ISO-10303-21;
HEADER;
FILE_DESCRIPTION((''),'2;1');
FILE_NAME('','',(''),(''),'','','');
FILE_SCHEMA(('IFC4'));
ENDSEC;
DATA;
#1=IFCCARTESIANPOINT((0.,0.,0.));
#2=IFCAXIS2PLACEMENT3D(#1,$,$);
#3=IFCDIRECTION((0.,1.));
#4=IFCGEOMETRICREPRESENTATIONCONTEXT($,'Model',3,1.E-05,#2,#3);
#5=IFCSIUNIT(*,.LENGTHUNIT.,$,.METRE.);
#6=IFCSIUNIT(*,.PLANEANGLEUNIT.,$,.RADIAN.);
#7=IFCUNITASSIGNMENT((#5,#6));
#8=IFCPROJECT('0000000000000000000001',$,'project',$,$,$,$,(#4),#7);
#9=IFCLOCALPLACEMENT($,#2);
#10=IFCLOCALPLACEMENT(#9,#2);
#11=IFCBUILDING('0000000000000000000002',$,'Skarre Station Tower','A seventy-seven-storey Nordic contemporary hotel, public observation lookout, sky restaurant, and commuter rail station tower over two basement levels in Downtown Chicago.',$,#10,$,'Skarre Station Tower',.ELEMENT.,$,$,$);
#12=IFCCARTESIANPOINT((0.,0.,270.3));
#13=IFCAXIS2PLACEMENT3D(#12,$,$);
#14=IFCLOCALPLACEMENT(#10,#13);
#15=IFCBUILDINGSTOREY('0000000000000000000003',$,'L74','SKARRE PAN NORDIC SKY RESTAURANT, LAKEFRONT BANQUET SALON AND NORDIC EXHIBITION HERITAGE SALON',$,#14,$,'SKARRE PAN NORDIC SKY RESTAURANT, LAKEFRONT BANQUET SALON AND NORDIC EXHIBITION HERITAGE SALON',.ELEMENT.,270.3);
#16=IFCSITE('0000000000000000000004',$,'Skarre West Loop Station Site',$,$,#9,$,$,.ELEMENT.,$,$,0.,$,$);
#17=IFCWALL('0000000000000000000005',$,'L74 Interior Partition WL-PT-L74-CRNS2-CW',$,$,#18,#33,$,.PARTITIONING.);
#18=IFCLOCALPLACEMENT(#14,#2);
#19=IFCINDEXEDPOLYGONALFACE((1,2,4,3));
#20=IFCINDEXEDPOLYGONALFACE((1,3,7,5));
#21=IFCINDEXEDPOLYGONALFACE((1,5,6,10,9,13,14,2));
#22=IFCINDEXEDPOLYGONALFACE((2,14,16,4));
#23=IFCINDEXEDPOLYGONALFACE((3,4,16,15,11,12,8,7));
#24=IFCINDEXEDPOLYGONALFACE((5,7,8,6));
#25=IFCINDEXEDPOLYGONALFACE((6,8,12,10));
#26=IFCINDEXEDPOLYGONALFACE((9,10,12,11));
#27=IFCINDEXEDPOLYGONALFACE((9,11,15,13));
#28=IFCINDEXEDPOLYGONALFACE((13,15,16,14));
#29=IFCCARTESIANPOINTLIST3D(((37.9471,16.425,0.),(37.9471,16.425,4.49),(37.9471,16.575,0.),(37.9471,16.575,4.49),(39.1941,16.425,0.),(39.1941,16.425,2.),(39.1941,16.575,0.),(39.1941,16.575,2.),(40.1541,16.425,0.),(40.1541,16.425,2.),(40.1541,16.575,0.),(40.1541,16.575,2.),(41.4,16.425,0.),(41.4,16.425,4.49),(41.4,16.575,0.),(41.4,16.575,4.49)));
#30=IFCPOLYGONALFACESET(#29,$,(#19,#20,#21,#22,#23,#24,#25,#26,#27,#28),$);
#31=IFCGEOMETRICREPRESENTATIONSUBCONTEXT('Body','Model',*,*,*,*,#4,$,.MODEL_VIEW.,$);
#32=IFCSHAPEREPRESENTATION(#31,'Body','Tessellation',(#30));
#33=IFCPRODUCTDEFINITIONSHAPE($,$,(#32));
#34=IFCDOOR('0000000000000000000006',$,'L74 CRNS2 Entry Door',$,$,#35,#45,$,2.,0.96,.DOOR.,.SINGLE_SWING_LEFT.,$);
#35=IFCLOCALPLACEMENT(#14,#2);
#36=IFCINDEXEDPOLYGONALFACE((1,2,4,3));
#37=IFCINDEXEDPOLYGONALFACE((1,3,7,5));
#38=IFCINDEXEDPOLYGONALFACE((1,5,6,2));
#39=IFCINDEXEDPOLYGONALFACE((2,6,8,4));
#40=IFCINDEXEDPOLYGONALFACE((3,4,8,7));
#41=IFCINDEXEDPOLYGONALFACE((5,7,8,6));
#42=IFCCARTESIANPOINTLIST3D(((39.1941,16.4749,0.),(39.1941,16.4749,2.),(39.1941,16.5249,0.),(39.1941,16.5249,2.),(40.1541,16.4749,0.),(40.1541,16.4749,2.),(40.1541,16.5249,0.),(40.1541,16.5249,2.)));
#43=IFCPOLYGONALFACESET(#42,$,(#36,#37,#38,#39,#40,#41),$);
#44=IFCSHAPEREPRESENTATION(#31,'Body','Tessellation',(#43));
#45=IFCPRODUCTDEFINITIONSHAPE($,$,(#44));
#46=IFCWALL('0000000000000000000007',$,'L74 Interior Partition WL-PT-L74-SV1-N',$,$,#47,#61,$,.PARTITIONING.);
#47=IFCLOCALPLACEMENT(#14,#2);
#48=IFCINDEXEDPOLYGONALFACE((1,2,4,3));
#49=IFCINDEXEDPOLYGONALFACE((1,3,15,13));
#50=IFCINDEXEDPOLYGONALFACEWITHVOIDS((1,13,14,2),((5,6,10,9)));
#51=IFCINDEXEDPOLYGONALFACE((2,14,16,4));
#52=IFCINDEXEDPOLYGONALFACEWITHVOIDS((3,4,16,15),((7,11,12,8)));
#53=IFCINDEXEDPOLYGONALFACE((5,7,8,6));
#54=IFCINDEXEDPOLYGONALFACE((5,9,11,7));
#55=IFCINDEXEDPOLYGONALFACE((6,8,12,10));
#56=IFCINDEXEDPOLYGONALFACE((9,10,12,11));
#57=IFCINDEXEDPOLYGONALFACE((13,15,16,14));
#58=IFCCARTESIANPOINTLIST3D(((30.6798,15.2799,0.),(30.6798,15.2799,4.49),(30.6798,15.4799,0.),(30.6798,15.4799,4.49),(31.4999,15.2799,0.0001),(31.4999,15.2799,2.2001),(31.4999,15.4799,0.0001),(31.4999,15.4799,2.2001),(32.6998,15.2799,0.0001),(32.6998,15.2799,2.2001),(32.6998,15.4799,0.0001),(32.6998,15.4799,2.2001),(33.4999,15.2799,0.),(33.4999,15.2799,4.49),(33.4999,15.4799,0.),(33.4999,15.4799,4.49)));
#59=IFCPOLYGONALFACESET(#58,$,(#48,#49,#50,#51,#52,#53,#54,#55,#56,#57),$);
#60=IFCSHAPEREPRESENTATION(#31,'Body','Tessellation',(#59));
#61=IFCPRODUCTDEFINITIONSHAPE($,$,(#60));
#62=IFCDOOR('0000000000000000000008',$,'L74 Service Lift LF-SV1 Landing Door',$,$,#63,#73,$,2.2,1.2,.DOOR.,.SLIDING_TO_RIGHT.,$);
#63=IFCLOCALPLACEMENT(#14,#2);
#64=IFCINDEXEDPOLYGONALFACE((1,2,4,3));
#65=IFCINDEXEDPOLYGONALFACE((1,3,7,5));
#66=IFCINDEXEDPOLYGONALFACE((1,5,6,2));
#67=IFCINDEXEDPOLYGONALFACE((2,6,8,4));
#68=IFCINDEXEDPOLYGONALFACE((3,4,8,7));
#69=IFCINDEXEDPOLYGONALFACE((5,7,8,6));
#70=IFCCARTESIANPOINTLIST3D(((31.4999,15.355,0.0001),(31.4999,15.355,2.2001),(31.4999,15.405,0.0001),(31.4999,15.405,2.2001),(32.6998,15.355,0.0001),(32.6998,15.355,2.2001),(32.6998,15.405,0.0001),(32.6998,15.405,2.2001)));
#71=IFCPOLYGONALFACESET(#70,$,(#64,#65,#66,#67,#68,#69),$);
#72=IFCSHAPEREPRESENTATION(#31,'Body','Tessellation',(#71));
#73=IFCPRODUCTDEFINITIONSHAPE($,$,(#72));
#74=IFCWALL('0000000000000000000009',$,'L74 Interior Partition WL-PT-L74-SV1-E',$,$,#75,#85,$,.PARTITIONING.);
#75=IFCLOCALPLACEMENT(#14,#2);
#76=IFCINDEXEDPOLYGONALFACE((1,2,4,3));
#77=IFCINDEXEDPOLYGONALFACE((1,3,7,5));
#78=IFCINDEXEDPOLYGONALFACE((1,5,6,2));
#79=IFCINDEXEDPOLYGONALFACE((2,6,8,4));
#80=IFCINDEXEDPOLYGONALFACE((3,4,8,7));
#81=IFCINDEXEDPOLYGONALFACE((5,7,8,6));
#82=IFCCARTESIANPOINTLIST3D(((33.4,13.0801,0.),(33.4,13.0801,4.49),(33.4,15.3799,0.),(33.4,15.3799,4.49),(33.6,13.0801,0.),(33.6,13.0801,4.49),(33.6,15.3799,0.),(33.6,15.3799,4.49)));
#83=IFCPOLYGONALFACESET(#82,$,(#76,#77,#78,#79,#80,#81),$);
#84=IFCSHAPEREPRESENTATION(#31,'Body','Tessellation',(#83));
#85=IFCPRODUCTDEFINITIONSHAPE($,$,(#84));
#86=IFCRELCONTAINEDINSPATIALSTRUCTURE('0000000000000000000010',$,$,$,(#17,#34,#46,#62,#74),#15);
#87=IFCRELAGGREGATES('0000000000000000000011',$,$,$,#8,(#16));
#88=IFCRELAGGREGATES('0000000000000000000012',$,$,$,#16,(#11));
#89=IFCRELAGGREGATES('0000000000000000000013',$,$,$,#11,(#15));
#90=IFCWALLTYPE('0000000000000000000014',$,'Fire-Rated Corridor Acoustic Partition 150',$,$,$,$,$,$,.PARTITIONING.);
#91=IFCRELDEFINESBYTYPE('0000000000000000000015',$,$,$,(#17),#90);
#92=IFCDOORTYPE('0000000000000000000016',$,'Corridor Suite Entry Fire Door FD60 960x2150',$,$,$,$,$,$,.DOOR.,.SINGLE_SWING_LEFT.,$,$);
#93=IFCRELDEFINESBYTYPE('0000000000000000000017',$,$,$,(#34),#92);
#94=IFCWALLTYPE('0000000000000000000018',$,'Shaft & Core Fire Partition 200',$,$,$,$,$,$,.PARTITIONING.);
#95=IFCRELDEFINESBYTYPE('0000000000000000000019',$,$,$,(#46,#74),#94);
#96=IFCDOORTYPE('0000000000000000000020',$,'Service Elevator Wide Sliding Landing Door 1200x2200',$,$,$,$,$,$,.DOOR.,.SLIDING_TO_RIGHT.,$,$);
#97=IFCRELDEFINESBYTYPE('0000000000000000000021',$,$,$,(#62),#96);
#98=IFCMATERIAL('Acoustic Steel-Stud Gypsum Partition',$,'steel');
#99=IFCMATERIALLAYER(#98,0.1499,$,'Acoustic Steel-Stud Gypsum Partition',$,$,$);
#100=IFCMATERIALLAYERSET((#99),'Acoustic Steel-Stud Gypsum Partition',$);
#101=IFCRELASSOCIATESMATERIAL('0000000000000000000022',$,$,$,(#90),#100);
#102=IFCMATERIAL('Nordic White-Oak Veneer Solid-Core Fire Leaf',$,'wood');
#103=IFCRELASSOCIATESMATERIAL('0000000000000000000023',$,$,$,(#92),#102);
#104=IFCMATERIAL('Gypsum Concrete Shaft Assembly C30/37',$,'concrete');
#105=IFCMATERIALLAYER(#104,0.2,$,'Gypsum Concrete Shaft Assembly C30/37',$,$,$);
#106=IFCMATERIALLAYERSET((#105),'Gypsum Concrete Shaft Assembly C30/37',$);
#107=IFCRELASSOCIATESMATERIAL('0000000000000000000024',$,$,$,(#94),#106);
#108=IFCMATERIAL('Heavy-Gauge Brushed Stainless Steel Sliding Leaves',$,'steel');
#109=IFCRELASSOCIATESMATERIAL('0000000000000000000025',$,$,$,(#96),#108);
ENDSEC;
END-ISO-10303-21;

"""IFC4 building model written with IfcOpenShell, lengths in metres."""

from ifc_helpers import new_model, si_unit, direction, frame, frame_2d, origin, place, context, subcontext, project, spatial, rectangle, extrude, material, layer, layer_set, type_object, element, fill, save


model = new_model("IFC4")

# Units and contexts
model_context = context("Model", 3, precision=1e-05, world=origin(), true_north=direction((0.0, 1.0)))
body_context = subcontext(model_context, "Body", "Model", "MODEL_VIEW")
ifc_project = project(units=[si_unit("LENGTHUNIT", "METRE"), si_unit("PLANEANGLEUNIT", "RADIAN")], contexts=[model_context])

# Site, building, storey
site_placement = place(None, origin())
site = spatial("IfcSite", under=ifc_project, at=site_placement, Name="Skarre West Loop Station Site", CompositionType="ELEMENT", RefElevation=0.0)
building_placement = place(site_placement, origin())
building = spatial("IfcBuilding", under=site, at=building_placement, Name="Skarre Station Tower", Description="A seventy-seven-storey Nordic contemporary hotel, public observation lookout, sky restaurant, and commuter rail station tower over two basement levels in Downtown Chicago.", LongName="Skarre Station Tower", CompositionType="ELEMENT")
storey_placement = place(building_placement, frame((0.0, 0.0, 270.3)))
storey = spatial("IfcBuildingStorey", under=building, at=storey_placement, Name="L74", Description="SKARRE PAN NORDIC SKY RESTAURANT, LAKEFRONT BANQUET SALON AND NORDIC EXHIBITION HERITAGE SALON", LongName="SKARRE PAN NORDIC SKY RESTAURANT, LAKEFRONT BANQUET SALON AND NORDIC EXHIBITION HERITAGE SALON", CompositionType="ELEMENT", Elevation=270.3)

# Shared definitions
ifc_material_1 = material(Name="Acoustic Steel-Stud Gypsum Partition", Category="steel")
ifc_layer_1 = layer(ifc_material_1, 0.1499, Name="Acoustic Steel-Stud Gypsum Partition")
ifc_layer_set_1 = layer_set([ifc_layer_1], Name="Acoustic Steel-Stud Gypsum Partition")
wall_type_1 = type_object("IfcWallType", Name="Fire-Rated Corridor Acoustic Partition 150", PredefinedType="PARTITIONING", material=ifc_layer_set_1)

# Walls, openings, doors
ifc_material_2 = material(Name="Nordic White-Oak Veneer Solid-Core Fire Leaf", Category="wood")
door_type_1 = type_object("IfcDoorType", Name="Corridor Suite Entry Fire Door FD60 960x2150", OperationType="SINGLE_SWING_LEFT", PredefinedType="DOOR", material=ifc_material_2)
wall_1_placement = place(storey_placement, frame((37.947, 16.5, 0.0), z_axis=(0.0, 0.0, 1.0), x_axis=(1.0, 0.0, 0.0)))
wall_1 = element("IfcWall", 1, at=wall_1_placement, inside=storey, type_object=wall_type_1, Name="L74 Interior Partition WL-PT-L74-CRNS2-CW", PredefinedType="PARTITIONING", context=body_context, shape_type="SweptSolid", body=[
    extrude(rectangle(XDim=3.4529, YDim=0.1499, at=frame_2d((1.7266, 0.0))), origin(), (0.0, 0.0, 1.0), 4.49),
])
opening_1_placement = place(wall_1_placement, frame((1.2471, 0.0, 0.0)))
opening_1 = element("IfcOpeningElement", 2, at=opening_1_placement, cuts=wall_1, PredefinedType="OPENING", context=body_context, shape_type="SweptSolid", body=[
    extrude(rectangle(XDim=0.96, YDim=2.0, at=frame_2d((0.48, 1.0))), frame((0.0, 0.085, 0.0), z_axis=(0.0, -1.0, 0.0), x_axis=(1.0, 0.0, 0.0)), (0.0, 0.0, 1.0), 0.1699),
])
door_1_placement = place(opening_1_placement, origin())
door_1 = element("IfcDoor", 3, at=door_1_placement, inside=storey, type_object=door_type_1, Name="L74 CRNS2 Entry Door", OperationType="SINGLE_SWING_LEFT", OverallHeight=2.0, OverallWidth=0.96, PredefinedType="DOOR", context=body_context, shape_type="SweptSolid", body=[
    extrude(rectangle(XDim=0.96, YDim=2.0, at=frame_2d((0.48, 1.0))), frame((0.0, 0.0249, 0.0), z_axis=(0.0, -1.0, 0.0), x_axis=(1.0, 0.0, 0.0)), (0.0, 0.0, 1.0), 0.05),
])
fill(opening_1, door_1)
ifc_material_3 = material(Name="Gypsum Concrete Shaft Assembly C30/37", Category="concrete")
ifc_layer_2 = layer(ifc_material_3, 0.2, Name="Gypsum Concrete Shaft Assembly C30/37")
ifc_layer_set_2 = layer_set([ifc_layer_2], Name="Gypsum Concrete Shaft Assembly C30/37")
wall_type_2 = type_object("IfcWallType", Name="Shaft & Core Fire Partition 200", PredefinedType="PARTITIONING", material=ifc_layer_set_2)
wall_2_placement = place(storey_placement, frame((33.5, 15.3799, 0.0), z_axis=(0.0, 0.0, 1.0), x_axis=(-1.0, 0.0, 0.0)))
wall_2 = element("IfcWall", 4, at=wall_2_placement, inside=storey, type_object=wall_type_2, Name="L74 Interior Partition WL-PT-L74-SV1-N", PredefinedType="PARTITIONING", context=body_context, shape_type="SweptSolid", body=[
    extrude(rectangle(XDim=2.8201, YDim=0.2, at=frame_2d((1.4102, 0.0))), origin(), (0.0, 0.0, 1.0), 4.49),
])
opening_2_placement = place(wall_2_placement, frame((0.8, 0.0, 0.0)))
opening_2 = element("IfcOpeningElement", 5, at=opening_2_placement, cuts=wall_2, PredefinedType="OPENING", context=body_context, shape_type="SweptSolid", body=[
    extrude(rectangle(XDim=1.2, YDim=2.2, at=frame_2d((0.6001, 1.1001))), frame((0.0, 0.1099, 0.0), z_axis=(0.0, -1.0, 0.0), x_axis=(1.0, 0.0, 0.0)), (0.0, 0.0, 1.0), 0.22),
])
ifc_material_4 = material(Name="Heavy-Gauge Brushed Stainless Steel Sliding Leaves", Category="steel")
door_type_2 = type_object("IfcDoorType", Name="Service Elevator Wide Sliding Landing Door 1200x2200", OperationType="SLIDING_TO_RIGHT", PredefinedType="DOOR", material=ifc_material_4)
door_2_placement = place(opening_2_placement, origin())
door_2 = element("IfcDoor", 6, at=door_2_placement, inside=storey, type_object=door_type_2, Name="L74 Service Lift LF-SV1 Landing Door", OperationType="SLIDING_TO_RIGHT", OverallHeight=2.2, OverallWidth=1.2, PredefinedType="DOOR", context=body_context, shape_type="SweptSolid", body=[
    extrude(rectangle(XDim=1.2, YDim=2.2, at=frame_2d((0.6001, 1.1001))), frame((0.0, 0.0249, 0.0), z_axis=(0.0, -1.0, 0.0), x_axis=(1.0, 0.0, 0.0)), (0.0, 0.0, 1.0), 0.05),
])
fill(opening_2, door_2)

# Wall
wall_3_placement = place(storey_placement, frame((33.5, 13.0801, 0.0), z_axis=(0.0, 0.0, 1.0), x_axis=(0.0, 1.0, 0.0)))
element("IfcWall", 7, at=wall_3_placement, inside=storey, type_object=wall_type_2, Name="L74 Interior Partition WL-PT-L74-SV1-E", PredefinedType="PARTITIONING", context=body_context, shape_type="SweptSolid", body=[
    extrude(rectangle(XDim=2.2998, YDim=0.2, at=frame_2d((1.1499, 0.0))), origin(), (0.0, 0.0, 1.0), 4.49),
])

save(model, "model.ifc")
